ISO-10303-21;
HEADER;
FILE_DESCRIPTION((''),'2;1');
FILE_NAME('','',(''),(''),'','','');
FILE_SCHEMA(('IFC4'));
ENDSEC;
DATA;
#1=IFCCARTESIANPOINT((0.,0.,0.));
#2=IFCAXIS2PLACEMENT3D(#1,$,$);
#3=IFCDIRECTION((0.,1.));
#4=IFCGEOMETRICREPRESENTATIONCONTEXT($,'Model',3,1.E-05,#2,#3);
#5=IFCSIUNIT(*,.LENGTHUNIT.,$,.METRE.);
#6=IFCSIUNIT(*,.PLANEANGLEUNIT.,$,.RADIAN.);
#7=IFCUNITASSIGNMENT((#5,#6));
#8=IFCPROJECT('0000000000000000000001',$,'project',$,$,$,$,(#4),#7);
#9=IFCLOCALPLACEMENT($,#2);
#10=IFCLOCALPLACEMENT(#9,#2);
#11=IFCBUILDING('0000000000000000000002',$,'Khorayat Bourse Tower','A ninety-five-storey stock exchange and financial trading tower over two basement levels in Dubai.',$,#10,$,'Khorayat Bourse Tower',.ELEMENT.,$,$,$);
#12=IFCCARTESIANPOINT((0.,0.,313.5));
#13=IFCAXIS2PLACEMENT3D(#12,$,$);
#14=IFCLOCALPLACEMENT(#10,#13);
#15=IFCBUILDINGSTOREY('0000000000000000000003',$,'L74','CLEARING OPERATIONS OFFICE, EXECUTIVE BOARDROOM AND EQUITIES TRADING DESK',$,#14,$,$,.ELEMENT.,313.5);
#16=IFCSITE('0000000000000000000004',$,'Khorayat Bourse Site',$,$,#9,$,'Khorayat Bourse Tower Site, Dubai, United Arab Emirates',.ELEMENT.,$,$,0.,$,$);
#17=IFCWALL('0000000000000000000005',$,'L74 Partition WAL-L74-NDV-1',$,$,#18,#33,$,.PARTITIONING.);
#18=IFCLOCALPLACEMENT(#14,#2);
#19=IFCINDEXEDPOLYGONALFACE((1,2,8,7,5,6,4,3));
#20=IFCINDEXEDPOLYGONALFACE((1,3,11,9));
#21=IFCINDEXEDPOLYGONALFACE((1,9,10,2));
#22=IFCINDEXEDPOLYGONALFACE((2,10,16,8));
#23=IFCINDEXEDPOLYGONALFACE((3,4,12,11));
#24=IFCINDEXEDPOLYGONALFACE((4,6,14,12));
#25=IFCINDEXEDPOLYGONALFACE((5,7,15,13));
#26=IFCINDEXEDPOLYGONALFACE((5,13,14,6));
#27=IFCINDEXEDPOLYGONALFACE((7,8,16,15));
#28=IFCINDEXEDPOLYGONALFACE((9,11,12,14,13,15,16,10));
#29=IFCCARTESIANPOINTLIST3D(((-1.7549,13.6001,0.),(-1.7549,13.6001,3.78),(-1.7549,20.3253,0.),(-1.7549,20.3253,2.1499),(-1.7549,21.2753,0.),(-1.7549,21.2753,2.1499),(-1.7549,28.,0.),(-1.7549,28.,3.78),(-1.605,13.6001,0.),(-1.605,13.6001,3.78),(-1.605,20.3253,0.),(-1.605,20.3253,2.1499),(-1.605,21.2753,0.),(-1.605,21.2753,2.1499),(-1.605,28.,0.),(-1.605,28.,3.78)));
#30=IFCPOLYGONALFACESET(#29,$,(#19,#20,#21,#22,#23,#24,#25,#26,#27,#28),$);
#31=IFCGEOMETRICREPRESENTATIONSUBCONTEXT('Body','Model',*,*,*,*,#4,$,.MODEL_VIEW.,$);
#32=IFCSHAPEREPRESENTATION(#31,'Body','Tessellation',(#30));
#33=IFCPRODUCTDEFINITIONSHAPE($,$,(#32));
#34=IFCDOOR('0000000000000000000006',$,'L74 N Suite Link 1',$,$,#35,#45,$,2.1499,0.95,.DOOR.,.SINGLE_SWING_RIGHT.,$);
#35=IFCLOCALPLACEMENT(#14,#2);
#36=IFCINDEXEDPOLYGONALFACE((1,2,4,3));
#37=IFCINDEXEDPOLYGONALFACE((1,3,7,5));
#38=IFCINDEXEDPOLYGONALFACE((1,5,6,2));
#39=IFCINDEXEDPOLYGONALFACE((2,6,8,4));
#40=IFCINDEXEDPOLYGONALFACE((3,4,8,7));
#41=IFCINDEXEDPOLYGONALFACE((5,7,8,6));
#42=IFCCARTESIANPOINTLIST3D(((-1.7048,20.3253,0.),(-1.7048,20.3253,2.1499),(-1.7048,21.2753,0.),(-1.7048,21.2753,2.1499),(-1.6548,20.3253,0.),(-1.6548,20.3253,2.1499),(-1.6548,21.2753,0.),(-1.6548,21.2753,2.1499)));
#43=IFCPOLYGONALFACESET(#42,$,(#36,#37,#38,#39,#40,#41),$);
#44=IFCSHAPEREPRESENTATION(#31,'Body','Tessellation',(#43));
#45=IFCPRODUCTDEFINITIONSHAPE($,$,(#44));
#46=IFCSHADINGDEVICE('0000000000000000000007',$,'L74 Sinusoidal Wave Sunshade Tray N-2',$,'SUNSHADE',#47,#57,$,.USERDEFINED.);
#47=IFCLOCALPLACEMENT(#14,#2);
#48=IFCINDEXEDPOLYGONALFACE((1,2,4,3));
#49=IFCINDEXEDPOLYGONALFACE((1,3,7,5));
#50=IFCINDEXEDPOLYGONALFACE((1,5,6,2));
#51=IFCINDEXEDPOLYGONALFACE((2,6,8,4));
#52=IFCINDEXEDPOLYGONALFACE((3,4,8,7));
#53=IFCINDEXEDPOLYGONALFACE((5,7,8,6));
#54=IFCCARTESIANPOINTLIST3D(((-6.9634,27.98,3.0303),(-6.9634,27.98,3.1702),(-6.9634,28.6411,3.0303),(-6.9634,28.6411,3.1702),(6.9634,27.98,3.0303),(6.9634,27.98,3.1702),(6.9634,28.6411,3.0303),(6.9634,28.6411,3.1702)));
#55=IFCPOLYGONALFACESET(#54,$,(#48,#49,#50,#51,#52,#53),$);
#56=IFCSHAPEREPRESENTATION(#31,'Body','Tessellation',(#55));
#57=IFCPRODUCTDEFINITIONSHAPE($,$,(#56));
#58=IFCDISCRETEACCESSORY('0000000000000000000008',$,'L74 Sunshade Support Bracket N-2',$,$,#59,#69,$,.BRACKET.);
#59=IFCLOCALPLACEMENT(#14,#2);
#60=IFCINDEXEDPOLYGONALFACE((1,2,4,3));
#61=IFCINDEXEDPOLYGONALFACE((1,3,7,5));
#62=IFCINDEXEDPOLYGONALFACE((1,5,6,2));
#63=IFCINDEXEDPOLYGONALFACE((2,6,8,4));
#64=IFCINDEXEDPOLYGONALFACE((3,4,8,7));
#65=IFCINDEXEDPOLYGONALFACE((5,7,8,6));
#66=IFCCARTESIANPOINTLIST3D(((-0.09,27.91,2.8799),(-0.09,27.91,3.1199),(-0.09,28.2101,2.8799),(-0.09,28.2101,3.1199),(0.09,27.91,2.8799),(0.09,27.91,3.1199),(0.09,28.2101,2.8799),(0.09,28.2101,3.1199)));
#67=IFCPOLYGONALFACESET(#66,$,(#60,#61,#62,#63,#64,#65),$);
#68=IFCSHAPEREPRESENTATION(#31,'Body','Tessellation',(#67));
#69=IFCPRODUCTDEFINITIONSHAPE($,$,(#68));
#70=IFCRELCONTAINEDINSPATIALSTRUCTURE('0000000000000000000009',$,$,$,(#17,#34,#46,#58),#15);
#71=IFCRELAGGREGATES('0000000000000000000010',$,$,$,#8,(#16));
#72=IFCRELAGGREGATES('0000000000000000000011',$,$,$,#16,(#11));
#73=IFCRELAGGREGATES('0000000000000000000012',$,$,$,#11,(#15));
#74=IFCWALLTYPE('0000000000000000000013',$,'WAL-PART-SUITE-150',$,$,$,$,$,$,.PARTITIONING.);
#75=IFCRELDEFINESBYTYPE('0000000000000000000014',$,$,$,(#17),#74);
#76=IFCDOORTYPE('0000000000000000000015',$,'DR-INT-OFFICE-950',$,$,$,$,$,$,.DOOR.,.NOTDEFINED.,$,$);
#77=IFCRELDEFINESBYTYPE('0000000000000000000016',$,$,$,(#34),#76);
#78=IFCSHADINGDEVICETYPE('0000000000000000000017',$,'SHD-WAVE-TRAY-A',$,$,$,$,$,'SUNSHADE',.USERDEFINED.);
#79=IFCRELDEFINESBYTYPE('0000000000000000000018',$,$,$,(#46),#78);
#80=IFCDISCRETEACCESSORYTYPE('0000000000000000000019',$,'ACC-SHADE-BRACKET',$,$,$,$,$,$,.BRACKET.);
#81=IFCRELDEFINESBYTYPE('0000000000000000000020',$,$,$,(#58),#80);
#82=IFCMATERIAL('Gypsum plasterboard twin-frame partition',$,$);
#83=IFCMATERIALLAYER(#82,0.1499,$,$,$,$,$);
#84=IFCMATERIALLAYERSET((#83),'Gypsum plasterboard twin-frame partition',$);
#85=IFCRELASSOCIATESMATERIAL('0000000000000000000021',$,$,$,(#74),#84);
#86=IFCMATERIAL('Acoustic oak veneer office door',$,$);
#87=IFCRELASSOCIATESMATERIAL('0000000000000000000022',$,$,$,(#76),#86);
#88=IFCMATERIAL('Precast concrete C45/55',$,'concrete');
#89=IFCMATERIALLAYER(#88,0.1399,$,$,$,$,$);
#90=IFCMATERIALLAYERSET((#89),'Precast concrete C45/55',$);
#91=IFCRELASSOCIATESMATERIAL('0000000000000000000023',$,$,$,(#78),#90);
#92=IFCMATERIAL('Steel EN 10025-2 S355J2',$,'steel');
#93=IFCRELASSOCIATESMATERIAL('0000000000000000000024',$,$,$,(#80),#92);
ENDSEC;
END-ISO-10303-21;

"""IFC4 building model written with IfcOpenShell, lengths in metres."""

from ifc_helpers import new_model, si_unit, direction, frame, frame_2d, origin, origin_2d, place, context, subcontext, project, spatial, rectangle, extrude, source, transform, mapped, material, layer, layer_set, type_object, element, fill, save


model = new_model("IFC4")

# Units and contexts
model_context = context("Model", 3, precision=1e-05, world=origin(), true_north=direction((0.0, 1.0)))
body_context = subcontext(model_context, "Body", "Model", "MODEL_VIEW")
ifc_project = project(units=[si_unit("LENGTHUNIT", "METRE"), si_unit("PLANEANGLEUNIT", "RADIAN")], contexts=[model_context])

# Site, building, storey
site_placement = place(None, origin())
site = spatial("IfcSite", under=ifc_project, at=site_placement, Name="Khorayat Bourse Site", LongName="Khorayat Bourse Tower Site, Dubai, United Arab Emirates", CompositionType="ELEMENT", RefElevation=0.0)
building_placement = place(site_placement, origin())
building = spatial("IfcBuilding", under=site, at=building_placement, Name="Khorayat Bourse Tower", Description="A ninety-five-storey stock exchange and financial trading tower over two basement levels in Dubai.", LongName="Khorayat Bourse Tower", CompositionType="ELEMENT")
storey_placement = place(building_placement, frame((0.0, 0.0, 313.5)))
storey = spatial("IfcBuildingStorey", under=building, at=storey_placement, Name="L74", Description="CLEARING OPERATIONS OFFICE, EXECUTIVE BOARDROOM AND EQUITIES TRADING DESK", CompositionType="ELEMENT", Elevation=313.5)

# Shared definitions
ifc_material_1 = material(Name="Steel EN 10025-2 S355J2", Category="steel")

# Wall, opening, door
ifc_material_2 = material(Name="Gypsum plasterboard twin-frame partition")
ifc_layer_1 = layer(ifc_material_2, 0.1499)
ifc_layer_set_1 = layer_set([ifc_layer_1], Name="Gypsum plasterboard twin-frame partition")
wall_type_1 = type_object("IfcWallType", Name="WAL-PART-SUITE-150", PredefinedType="PARTITIONING", material=ifc_layer_set_1)
shared_shape_1 = source(origin(), body_context, "Body", "SweptSolid", [
    extrude(rectangle(XDim=14.3999, YDim=0.1499, at=frame_2d((7.2, 0.0))), origin(), (0.0, 0.0, 1.0), 3.78),
])
wall_1_placement = place(storey_placement, frame((-1.6799, 13.6001, 0.0), z_axis=(0.0, 0.0, 1.0), x_axis=(0.0, 1.0, 0.0)))
wall_1 = element("IfcWall", 1, at=wall_1_placement, inside=storey, type_object=wall_type_1, Name="L74 Partition WAL-L74-NDV-1", PredefinedType="PARTITIONING", context=body_context, shape_type="MappedRepresentation", body=[
    mapped(shared_shape_1, transform((0.0, 0.0, 0.0), scale=1.0)),
])
shared_shape_2 = source(origin(), body_context, "Body", "SweptSolid", [
    extrude(rectangle(XDim=0.95, YDim=2.1499, at=frame_2d((0.4751, 1.075))), frame((0.0, 0.085, 0.0), z_axis=(0.0, -1.0, 0.0), x_axis=(1.0, 0.0, 0.0)), (0.0, 0.0, 1.0), 0.1699),
])
opening_1_placement = place(wall_1_placement, frame((6.7251, 0.0, 0.0)))
opening_1 = element("IfcOpeningElement", 2, at=opening_1_placement, cuts=wall_1, PredefinedType="OPENING", context=body_context, shape_type="MappedRepresentation", body=[
    mapped(shared_shape_2, transform((0.0, 0.0, 0.0), scale=1.0)),
])
ifc_material_3 = material(Name="Acoustic oak veneer office door")
door_type_1 = type_object("IfcDoorType", Name="DR-INT-OFFICE-950", OperationType="NOTDEFINED", PredefinedType="DOOR", material=ifc_material_3)
shared_shape_3 = source(origin(), body_context, "Body", "SweptSolid", [
    extrude(rectangle(XDim=0.95, YDim=2.1499, at=frame_2d((0.4751, 1.075))), frame((0.0, 0.0249, 0.0), z_axis=(0.0, -1.0, 0.0), x_axis=(1.0, 0.0, 0.0)), (0.0, 0.0, 1.0), 0.05),
])
door_1_placement = place(opening_1_placement, origin())
door_1 = element("IfcDoor", 3, at=door_1_placement, inside=storey, type_object=door_type_1, Name="L74 N Suite Link 1", OperationType="SINGLE_SWING_RIGHT", OverallHeight=2.1499, OverallWidth=0.95, PredefinedType="DOOR", context=body_context, shape_type="MappedRepresentation", body=[
    mapped(shared_shape_3, transform((0.0, 0.0, 0.0), scale=1.0)),
])
fill(opening_1, door_1)

# Shading device
ifc_material_4 = material(Name="Precast concrete C45/55", Category="concrete")
ifc_layer_2 = layer(ifc_material_4, 0.1399)
ifc_layer_set_2 = layer_set([ifc_layer_2], Name="Precast concrete C45/55")
shading_device_type = type_object("IfcShadingDeviceType", Name="SHD-WAVE-TRAY-A", ElementType="SUNSHADE", PredefinedType="USERDEFINED", material=ifc_layer_set_2)
shared_shape_4 = source(origin(), body_context, "Body", "SweptSolid", [
    extrude(rectangle(XDim=13.9268, YDim=0.6611, at=origin_2d()), origin(), (0.0, 0.0, 1.0), 0.1399),
])
shading_device_placement = place(storey_placement, frame((0.0, 28.3105, 3.0303), z_axis=(0.0, 0.0, 1.0), x_axis=(1.0, 0.0, 0.0)))
element("IfcShadingDevice", 4, at=shading_device_placement, inside=storey, type_object=shading_device_type, Name="L74 Sinusoidal Wave Sunshade Tray N-2", ObjectType="SUNSHADE", PredefinedType="USERDEFINED", context=body_context, shape_type="MappedRepresentation", body=[
    mapped(shared_shape_4, transform((0.0, 0.0, 0.0), scale=1.0)),
])

# Discrete accessory
discrete_accessory_type = type_object("IfcDiscreteAccessoryType", Name="ACC-SHADE-BRACKET", PredefinedType="BRACKET", material=ifc_material_1)
shared_shape_5 = source(origin(), body_context, "Body", "SweptSolid", [
    extrude(rectangle(XDim=0.1799, YDim=0.3, at=origin_2d()), origin(), (0.0, 0.0, 1.0), 0.24),
])
discrete_accessory_placement = place(storey_placement, frame((0.0, 28.0601, 2.8799), z_axis=(0.0, 0.0, 1.0), x_axis=(1.0, 0.0, 0.0)))
element("IfcDiscreteAccessory", 5, at=discrete_accessory_placement, inside=storey, type_object=discrete_accessory_type, Name="L74 Sunshade Support Bracket N-2", PredefinedType="BRACKET", context=body_context, shape_type="MappedRepresentation", body=[
    mapped(shared_shape_5, transform((0.0, 0.0, 0.0), scale=1.0)),
])

save(model, "model.ifc")
